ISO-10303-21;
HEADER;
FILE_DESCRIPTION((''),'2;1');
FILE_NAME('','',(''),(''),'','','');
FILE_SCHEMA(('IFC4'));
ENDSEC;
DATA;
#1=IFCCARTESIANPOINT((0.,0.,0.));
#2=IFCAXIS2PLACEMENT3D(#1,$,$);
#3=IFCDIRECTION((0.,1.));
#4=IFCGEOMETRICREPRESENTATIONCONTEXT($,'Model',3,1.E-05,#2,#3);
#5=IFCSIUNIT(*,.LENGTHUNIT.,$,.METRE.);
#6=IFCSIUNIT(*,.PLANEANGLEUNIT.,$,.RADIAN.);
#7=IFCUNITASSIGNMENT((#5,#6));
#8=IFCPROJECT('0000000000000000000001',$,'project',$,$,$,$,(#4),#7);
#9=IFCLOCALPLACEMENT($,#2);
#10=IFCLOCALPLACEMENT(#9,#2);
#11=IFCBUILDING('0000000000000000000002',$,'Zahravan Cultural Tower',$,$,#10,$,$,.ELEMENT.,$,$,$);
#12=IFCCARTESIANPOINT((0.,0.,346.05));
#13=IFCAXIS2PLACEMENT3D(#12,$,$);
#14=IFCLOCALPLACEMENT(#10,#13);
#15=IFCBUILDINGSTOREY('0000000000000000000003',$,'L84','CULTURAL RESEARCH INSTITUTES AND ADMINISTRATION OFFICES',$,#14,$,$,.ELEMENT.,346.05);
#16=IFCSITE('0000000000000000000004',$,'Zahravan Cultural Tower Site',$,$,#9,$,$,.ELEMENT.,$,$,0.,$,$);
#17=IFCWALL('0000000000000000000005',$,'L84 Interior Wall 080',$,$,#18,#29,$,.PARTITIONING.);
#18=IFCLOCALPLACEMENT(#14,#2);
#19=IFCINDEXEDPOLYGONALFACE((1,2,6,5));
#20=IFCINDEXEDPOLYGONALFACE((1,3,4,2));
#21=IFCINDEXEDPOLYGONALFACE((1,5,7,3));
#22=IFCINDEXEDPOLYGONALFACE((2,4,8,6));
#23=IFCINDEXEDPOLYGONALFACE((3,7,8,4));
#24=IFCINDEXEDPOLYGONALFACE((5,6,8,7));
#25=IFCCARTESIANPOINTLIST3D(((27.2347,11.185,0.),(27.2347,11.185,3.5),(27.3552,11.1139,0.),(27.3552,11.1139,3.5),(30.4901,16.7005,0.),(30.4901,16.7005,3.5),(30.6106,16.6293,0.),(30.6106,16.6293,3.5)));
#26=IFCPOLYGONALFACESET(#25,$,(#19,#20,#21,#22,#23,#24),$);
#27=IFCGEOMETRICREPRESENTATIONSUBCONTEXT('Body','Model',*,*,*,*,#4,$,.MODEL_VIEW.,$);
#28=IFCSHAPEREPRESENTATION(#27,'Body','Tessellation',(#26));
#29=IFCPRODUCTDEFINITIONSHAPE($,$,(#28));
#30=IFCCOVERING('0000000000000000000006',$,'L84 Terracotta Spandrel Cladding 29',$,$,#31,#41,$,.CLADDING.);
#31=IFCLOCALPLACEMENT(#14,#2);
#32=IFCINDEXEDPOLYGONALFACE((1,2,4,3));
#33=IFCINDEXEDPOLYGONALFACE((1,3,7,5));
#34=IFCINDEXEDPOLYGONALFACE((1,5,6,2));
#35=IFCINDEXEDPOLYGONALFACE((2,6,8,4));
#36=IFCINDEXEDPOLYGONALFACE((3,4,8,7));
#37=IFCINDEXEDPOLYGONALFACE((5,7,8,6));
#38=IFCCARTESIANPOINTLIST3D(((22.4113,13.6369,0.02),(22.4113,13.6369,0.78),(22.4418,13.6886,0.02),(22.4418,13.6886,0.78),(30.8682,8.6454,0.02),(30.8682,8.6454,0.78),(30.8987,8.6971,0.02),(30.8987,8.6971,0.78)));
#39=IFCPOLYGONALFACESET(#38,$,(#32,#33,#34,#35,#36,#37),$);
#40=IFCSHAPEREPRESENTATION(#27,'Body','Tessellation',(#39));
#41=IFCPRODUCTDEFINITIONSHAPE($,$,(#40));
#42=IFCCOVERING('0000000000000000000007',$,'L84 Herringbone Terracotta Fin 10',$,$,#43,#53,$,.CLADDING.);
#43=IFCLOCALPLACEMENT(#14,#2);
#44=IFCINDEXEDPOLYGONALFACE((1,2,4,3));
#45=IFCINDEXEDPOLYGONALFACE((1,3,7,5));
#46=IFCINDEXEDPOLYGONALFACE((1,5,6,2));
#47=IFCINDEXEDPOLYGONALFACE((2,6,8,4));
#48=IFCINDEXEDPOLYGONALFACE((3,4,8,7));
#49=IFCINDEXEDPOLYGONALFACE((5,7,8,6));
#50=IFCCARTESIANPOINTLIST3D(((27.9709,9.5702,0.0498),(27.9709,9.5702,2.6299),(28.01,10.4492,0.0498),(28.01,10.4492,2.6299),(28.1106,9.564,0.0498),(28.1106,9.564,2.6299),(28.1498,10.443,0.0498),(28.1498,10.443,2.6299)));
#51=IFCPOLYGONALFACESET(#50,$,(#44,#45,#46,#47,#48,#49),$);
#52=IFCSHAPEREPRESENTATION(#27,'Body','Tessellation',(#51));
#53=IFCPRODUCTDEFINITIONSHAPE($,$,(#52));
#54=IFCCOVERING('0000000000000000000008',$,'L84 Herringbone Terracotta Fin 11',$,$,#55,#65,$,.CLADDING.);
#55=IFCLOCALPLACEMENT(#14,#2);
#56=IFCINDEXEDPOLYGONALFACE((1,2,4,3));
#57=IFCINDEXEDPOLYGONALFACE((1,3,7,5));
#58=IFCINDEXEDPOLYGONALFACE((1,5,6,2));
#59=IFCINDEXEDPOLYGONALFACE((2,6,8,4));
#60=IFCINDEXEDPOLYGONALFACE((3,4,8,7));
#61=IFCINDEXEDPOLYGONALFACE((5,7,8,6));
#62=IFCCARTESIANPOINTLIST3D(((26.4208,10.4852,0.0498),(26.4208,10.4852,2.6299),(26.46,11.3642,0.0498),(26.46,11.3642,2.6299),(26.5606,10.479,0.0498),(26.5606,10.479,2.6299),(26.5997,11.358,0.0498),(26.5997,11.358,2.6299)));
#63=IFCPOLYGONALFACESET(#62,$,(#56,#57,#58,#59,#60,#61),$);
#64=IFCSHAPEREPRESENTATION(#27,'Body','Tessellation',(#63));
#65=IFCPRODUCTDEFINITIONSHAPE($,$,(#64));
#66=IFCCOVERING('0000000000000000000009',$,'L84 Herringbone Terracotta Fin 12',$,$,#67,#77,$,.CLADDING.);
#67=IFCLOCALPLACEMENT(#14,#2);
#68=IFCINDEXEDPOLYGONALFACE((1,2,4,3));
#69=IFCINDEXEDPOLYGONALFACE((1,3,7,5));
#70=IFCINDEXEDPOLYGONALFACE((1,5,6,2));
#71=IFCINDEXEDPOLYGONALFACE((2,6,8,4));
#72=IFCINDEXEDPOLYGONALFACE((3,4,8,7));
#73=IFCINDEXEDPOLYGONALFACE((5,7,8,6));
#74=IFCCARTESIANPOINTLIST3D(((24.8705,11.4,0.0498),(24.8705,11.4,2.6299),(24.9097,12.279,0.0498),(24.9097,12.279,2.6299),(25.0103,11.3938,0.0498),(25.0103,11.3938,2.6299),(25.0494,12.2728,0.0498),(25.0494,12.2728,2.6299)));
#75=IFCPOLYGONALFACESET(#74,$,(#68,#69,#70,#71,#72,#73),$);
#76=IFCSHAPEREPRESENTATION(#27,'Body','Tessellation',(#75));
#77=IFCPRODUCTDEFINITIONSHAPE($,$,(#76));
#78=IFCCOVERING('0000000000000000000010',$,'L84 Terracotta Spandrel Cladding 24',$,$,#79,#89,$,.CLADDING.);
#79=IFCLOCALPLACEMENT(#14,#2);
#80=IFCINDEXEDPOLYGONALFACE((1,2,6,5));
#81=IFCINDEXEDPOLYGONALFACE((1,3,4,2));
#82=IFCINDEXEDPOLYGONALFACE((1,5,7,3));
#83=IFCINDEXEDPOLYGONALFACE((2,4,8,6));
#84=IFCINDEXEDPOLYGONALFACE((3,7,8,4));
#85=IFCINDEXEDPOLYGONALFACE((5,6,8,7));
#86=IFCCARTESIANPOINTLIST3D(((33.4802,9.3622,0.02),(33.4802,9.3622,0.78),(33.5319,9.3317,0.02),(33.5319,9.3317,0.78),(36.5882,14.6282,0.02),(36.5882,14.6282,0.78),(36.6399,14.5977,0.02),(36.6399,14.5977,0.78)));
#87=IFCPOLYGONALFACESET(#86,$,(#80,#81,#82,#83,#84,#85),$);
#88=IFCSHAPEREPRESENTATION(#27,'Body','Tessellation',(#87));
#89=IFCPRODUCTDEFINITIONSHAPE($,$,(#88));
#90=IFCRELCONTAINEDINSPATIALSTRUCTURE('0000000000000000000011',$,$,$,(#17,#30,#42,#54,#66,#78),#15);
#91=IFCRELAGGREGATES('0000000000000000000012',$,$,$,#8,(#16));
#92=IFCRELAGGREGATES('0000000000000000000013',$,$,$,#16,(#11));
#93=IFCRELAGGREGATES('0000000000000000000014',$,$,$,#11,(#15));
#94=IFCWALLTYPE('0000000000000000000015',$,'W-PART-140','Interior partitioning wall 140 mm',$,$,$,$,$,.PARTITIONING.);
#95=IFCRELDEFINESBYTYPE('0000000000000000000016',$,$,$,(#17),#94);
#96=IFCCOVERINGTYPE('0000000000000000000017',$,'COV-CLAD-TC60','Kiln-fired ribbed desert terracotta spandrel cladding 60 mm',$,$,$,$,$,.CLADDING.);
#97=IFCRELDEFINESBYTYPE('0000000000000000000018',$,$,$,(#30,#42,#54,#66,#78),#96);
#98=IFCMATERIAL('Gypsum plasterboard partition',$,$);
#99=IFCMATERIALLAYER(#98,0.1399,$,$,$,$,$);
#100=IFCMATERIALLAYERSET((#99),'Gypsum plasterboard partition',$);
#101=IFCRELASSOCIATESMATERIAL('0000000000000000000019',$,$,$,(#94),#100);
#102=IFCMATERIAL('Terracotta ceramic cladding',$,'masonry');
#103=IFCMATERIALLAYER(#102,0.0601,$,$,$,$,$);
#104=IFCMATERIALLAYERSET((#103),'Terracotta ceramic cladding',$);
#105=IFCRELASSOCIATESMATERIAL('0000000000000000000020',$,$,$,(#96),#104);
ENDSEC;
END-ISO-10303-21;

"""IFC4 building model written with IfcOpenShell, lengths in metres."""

from ifc_helpers import new_model, si_unit, direction, frame, frame_2d, origin, origin_2d, place, context, subcontext, project, spatial, rectangle, extrude, source, transform, mapped, material, layer, layer_set, type_object, element, save


model = new_model("IFC4")

# Units and contexts
model_context = context("Model", 3, precision=1e-05, world=origin(), true_north=direction((0.0, 1.0)))
body_context = subcontext(model_context, "Body", "Model", "MODEL_VIEW")
ifc_project = project(units=[si_unit("LENGTHUNIT", "METRE"), si_unit("PLANEANGLEUNIT", "RADIAN")], contexts=[model_context])

# Site, building, storey
site_placement = place(None, origin())
site = spatial("IfcSite", under=ifc_project, at=site_placement, Name="Zahravan Cultural Tower Site", CompositionType="ELEMENT", RefElevation=0.0)
building_placement = place(site_placement, origin())
building = spatial("IfcBuilding", under=site, at=building_placement, Name="Zahravan Cultural Tower", CompositionType="ELEMENT")
storey_placement = place(building_placement, frame((0.0, 0.0, 346.05)))
storey = spatial("IfcBuildingStorey", under=building, at=storey_placement, Name="L84", Description="CULTURAL RESEARCH INSTITUTES AND ADMINISTRATION OFFICES", CompositionType="ELEMENT", Elevation=346.05)

# Shared definitions
ifc_material_1 = material(Name="Gypsum plasterboard partition")
ifc_layer_1 = layer(ifc_material_1, 0.1399)
ifc_layer_set_1 = layer_set([ifc_layer_1], Name="Gypsum plasterboard partition")
wall_type_1 = type_object("IfcWallType", Name="W-PART-140", Description="Interior partitioning wall 140 mm", PredefinedType="PARTITIONING", material=ifc_layer_set_1)

# Wall
shared_shape_1 = source(origin(), body_context, "Body", "SweptSolid", [
    extrude(rectangle(XDim=6.4045, YDim=0.1399, at=frame_2d((3.2021, 0.0))), origin(), (0.0, 0.0, 1.0), 3.5),
])
wall_1_placement = place(storey_placement, frame((30.5503, 16.6648, 0.0), z_axis=(0.0, 0.0, 1.0), x_axis=(-0.508299, -0.861181, 0.0)))
element("IfcWall", 1, at=wall_1_placement, inside=storey, type_object=wall_type_1, Name="L84 Interior Wall 080", PredefinedType="PARTITIONING", context=body_context, shape_type="MappedRepresentation", body=[
    mapped(shared_shape_1, transform((0.0, 0.0, 0.0), x_axis=(1.0, 0.0, 0.0), y_axis=(0.0, 1.0, 0.0), z_axis=(0.0, 0.0, 1.0), scale=1.0)),
])

# Coverings
ifc_material_2 = material(Name="Terracotta ceramic cladding", Category="masonry")
ifc_layer_2 = layer(ifc_material_2, 0.0601)
ifc_layer_set_2 = layer_set([ifc_layer_2], Name="Terracotta ceramic cladding")
covering_type = type_object("IfcCoveringType", Name="COV-CLAD-TC60", Description="Kiln-fired ribbed desert terracotta spandrel cladding 60 mm", PredefinedType="CLADDING", material=ifc_layer_set_2)
shared_shape_2 = source(origin(), body_context, "Body", "SweptSolid", [
    extrude(rectangle(XDim=9.8201, YDim=0.0601, at=origin_2d()), origin(), (0.0, 0.0, 1.0), 0.76),
])
covering_1_placement = place(storey_placement, frame((26.655, 11.167, 0.02), z_axis=(0.0, 0.0, 1.0), x_axis=(-0.861186, 0.50829, 0.0)))
element("IfcCovering", 2, at=covering_1_placement, inside=storey, type_object=covering_type, Name="L84 Terracotta Spandrel Cladding 29", PredefinedType="CLADDING", context=body_context, shape_type="MappedRepresentation", body=[
    mapped(shared_shape_2, transform((0.0, 0.0, 0.0), x_axis=(1.0, 0.0, 0.0), y_axis=(0.0, 1.0, 0.0), z_axis=(0.0, 0.0, 1.0), scale=1.0)),
])
shared_shape_3 = source(origin(), body_context, "Body", "SweptSolid", [
    extrude(rectangle(XDim=0.8799, YDim=0.1399, at=origin_2d()), origin(), (0.0, 0.0, 1.0), 2.5801),
])
for number, where, z_axis, x_axis, name in (
    (3, (28.0603, 10.0066, 0.0498), (0.0, 0.0, 1.0), (-0.044491, -0.99901, 0.0), "L84 Herringbone Terracotta Fin 10"),
    (4, (26.5103, 10.9216, 0.0498), (0.0, 0.0, 1.0), (-0.044491, -0.99901, 0.0), "L84 Herringbone Terracotta Fin 11"),
    (5, (24.96, 11.8364, 0.0498), (0.0, 0.0, 1.0), (-0.044491, -0.99901, 0.0), "L84 Herringbone Terracotta Fin 12"),
):
    element("IfcCovering", number, at=place(storey_placement, frame(where, z_axis=z_axis, x_axis=x_axis)), inside=storey, type_object=covering_type, Name=name, PredefinedType="CLADDING", context=body_context, shape_type="MappedRepresentation", body=[
        mapped(shared_shape_3, transform((0.0, 0.0, 0.0), x_axis=(1.0, 0.0, 0.0), y_axis=(0.0, 1.0, 0.0), z_axis=(0.0, 0.0, 1.0), scale=1.0)),
    ])
shared_shape_4 = source(origin(), body_context, "Body", "SweptSolid", [
    extrude(rectangle(XDim=6.1147, YDim=0.0601, at=origin_2d()), origin(), (0.0, 0.0, 1.0), 0.76),
])
covering_2_placement = place(storey_placement, frame((35.0601, 11.98, 0.02), z_axis=(0.0, 0.0, 1.0), x_axis=(-0.508275, -0.861195, 0.0)))
element("IfcCovering", 6, at=covering_2_placement, inside=storey, type_object=covering_type, Name="L84 Terracotta Spandrel Cladding 24", PredefinedType="CLADDING", context=body_context, shape_type="MappedRepresentation", body=[
    mapped(shared_shape_4, transform((0.0, 0.0, 0.0), x_axis=(1.0, 0.0, 0.0), y_axis=(0.0, 1.0, 0.0), z_axis=(0.0, 0.0, 1.0), scale=1.0)),
])

save(model, "model.ifc")
